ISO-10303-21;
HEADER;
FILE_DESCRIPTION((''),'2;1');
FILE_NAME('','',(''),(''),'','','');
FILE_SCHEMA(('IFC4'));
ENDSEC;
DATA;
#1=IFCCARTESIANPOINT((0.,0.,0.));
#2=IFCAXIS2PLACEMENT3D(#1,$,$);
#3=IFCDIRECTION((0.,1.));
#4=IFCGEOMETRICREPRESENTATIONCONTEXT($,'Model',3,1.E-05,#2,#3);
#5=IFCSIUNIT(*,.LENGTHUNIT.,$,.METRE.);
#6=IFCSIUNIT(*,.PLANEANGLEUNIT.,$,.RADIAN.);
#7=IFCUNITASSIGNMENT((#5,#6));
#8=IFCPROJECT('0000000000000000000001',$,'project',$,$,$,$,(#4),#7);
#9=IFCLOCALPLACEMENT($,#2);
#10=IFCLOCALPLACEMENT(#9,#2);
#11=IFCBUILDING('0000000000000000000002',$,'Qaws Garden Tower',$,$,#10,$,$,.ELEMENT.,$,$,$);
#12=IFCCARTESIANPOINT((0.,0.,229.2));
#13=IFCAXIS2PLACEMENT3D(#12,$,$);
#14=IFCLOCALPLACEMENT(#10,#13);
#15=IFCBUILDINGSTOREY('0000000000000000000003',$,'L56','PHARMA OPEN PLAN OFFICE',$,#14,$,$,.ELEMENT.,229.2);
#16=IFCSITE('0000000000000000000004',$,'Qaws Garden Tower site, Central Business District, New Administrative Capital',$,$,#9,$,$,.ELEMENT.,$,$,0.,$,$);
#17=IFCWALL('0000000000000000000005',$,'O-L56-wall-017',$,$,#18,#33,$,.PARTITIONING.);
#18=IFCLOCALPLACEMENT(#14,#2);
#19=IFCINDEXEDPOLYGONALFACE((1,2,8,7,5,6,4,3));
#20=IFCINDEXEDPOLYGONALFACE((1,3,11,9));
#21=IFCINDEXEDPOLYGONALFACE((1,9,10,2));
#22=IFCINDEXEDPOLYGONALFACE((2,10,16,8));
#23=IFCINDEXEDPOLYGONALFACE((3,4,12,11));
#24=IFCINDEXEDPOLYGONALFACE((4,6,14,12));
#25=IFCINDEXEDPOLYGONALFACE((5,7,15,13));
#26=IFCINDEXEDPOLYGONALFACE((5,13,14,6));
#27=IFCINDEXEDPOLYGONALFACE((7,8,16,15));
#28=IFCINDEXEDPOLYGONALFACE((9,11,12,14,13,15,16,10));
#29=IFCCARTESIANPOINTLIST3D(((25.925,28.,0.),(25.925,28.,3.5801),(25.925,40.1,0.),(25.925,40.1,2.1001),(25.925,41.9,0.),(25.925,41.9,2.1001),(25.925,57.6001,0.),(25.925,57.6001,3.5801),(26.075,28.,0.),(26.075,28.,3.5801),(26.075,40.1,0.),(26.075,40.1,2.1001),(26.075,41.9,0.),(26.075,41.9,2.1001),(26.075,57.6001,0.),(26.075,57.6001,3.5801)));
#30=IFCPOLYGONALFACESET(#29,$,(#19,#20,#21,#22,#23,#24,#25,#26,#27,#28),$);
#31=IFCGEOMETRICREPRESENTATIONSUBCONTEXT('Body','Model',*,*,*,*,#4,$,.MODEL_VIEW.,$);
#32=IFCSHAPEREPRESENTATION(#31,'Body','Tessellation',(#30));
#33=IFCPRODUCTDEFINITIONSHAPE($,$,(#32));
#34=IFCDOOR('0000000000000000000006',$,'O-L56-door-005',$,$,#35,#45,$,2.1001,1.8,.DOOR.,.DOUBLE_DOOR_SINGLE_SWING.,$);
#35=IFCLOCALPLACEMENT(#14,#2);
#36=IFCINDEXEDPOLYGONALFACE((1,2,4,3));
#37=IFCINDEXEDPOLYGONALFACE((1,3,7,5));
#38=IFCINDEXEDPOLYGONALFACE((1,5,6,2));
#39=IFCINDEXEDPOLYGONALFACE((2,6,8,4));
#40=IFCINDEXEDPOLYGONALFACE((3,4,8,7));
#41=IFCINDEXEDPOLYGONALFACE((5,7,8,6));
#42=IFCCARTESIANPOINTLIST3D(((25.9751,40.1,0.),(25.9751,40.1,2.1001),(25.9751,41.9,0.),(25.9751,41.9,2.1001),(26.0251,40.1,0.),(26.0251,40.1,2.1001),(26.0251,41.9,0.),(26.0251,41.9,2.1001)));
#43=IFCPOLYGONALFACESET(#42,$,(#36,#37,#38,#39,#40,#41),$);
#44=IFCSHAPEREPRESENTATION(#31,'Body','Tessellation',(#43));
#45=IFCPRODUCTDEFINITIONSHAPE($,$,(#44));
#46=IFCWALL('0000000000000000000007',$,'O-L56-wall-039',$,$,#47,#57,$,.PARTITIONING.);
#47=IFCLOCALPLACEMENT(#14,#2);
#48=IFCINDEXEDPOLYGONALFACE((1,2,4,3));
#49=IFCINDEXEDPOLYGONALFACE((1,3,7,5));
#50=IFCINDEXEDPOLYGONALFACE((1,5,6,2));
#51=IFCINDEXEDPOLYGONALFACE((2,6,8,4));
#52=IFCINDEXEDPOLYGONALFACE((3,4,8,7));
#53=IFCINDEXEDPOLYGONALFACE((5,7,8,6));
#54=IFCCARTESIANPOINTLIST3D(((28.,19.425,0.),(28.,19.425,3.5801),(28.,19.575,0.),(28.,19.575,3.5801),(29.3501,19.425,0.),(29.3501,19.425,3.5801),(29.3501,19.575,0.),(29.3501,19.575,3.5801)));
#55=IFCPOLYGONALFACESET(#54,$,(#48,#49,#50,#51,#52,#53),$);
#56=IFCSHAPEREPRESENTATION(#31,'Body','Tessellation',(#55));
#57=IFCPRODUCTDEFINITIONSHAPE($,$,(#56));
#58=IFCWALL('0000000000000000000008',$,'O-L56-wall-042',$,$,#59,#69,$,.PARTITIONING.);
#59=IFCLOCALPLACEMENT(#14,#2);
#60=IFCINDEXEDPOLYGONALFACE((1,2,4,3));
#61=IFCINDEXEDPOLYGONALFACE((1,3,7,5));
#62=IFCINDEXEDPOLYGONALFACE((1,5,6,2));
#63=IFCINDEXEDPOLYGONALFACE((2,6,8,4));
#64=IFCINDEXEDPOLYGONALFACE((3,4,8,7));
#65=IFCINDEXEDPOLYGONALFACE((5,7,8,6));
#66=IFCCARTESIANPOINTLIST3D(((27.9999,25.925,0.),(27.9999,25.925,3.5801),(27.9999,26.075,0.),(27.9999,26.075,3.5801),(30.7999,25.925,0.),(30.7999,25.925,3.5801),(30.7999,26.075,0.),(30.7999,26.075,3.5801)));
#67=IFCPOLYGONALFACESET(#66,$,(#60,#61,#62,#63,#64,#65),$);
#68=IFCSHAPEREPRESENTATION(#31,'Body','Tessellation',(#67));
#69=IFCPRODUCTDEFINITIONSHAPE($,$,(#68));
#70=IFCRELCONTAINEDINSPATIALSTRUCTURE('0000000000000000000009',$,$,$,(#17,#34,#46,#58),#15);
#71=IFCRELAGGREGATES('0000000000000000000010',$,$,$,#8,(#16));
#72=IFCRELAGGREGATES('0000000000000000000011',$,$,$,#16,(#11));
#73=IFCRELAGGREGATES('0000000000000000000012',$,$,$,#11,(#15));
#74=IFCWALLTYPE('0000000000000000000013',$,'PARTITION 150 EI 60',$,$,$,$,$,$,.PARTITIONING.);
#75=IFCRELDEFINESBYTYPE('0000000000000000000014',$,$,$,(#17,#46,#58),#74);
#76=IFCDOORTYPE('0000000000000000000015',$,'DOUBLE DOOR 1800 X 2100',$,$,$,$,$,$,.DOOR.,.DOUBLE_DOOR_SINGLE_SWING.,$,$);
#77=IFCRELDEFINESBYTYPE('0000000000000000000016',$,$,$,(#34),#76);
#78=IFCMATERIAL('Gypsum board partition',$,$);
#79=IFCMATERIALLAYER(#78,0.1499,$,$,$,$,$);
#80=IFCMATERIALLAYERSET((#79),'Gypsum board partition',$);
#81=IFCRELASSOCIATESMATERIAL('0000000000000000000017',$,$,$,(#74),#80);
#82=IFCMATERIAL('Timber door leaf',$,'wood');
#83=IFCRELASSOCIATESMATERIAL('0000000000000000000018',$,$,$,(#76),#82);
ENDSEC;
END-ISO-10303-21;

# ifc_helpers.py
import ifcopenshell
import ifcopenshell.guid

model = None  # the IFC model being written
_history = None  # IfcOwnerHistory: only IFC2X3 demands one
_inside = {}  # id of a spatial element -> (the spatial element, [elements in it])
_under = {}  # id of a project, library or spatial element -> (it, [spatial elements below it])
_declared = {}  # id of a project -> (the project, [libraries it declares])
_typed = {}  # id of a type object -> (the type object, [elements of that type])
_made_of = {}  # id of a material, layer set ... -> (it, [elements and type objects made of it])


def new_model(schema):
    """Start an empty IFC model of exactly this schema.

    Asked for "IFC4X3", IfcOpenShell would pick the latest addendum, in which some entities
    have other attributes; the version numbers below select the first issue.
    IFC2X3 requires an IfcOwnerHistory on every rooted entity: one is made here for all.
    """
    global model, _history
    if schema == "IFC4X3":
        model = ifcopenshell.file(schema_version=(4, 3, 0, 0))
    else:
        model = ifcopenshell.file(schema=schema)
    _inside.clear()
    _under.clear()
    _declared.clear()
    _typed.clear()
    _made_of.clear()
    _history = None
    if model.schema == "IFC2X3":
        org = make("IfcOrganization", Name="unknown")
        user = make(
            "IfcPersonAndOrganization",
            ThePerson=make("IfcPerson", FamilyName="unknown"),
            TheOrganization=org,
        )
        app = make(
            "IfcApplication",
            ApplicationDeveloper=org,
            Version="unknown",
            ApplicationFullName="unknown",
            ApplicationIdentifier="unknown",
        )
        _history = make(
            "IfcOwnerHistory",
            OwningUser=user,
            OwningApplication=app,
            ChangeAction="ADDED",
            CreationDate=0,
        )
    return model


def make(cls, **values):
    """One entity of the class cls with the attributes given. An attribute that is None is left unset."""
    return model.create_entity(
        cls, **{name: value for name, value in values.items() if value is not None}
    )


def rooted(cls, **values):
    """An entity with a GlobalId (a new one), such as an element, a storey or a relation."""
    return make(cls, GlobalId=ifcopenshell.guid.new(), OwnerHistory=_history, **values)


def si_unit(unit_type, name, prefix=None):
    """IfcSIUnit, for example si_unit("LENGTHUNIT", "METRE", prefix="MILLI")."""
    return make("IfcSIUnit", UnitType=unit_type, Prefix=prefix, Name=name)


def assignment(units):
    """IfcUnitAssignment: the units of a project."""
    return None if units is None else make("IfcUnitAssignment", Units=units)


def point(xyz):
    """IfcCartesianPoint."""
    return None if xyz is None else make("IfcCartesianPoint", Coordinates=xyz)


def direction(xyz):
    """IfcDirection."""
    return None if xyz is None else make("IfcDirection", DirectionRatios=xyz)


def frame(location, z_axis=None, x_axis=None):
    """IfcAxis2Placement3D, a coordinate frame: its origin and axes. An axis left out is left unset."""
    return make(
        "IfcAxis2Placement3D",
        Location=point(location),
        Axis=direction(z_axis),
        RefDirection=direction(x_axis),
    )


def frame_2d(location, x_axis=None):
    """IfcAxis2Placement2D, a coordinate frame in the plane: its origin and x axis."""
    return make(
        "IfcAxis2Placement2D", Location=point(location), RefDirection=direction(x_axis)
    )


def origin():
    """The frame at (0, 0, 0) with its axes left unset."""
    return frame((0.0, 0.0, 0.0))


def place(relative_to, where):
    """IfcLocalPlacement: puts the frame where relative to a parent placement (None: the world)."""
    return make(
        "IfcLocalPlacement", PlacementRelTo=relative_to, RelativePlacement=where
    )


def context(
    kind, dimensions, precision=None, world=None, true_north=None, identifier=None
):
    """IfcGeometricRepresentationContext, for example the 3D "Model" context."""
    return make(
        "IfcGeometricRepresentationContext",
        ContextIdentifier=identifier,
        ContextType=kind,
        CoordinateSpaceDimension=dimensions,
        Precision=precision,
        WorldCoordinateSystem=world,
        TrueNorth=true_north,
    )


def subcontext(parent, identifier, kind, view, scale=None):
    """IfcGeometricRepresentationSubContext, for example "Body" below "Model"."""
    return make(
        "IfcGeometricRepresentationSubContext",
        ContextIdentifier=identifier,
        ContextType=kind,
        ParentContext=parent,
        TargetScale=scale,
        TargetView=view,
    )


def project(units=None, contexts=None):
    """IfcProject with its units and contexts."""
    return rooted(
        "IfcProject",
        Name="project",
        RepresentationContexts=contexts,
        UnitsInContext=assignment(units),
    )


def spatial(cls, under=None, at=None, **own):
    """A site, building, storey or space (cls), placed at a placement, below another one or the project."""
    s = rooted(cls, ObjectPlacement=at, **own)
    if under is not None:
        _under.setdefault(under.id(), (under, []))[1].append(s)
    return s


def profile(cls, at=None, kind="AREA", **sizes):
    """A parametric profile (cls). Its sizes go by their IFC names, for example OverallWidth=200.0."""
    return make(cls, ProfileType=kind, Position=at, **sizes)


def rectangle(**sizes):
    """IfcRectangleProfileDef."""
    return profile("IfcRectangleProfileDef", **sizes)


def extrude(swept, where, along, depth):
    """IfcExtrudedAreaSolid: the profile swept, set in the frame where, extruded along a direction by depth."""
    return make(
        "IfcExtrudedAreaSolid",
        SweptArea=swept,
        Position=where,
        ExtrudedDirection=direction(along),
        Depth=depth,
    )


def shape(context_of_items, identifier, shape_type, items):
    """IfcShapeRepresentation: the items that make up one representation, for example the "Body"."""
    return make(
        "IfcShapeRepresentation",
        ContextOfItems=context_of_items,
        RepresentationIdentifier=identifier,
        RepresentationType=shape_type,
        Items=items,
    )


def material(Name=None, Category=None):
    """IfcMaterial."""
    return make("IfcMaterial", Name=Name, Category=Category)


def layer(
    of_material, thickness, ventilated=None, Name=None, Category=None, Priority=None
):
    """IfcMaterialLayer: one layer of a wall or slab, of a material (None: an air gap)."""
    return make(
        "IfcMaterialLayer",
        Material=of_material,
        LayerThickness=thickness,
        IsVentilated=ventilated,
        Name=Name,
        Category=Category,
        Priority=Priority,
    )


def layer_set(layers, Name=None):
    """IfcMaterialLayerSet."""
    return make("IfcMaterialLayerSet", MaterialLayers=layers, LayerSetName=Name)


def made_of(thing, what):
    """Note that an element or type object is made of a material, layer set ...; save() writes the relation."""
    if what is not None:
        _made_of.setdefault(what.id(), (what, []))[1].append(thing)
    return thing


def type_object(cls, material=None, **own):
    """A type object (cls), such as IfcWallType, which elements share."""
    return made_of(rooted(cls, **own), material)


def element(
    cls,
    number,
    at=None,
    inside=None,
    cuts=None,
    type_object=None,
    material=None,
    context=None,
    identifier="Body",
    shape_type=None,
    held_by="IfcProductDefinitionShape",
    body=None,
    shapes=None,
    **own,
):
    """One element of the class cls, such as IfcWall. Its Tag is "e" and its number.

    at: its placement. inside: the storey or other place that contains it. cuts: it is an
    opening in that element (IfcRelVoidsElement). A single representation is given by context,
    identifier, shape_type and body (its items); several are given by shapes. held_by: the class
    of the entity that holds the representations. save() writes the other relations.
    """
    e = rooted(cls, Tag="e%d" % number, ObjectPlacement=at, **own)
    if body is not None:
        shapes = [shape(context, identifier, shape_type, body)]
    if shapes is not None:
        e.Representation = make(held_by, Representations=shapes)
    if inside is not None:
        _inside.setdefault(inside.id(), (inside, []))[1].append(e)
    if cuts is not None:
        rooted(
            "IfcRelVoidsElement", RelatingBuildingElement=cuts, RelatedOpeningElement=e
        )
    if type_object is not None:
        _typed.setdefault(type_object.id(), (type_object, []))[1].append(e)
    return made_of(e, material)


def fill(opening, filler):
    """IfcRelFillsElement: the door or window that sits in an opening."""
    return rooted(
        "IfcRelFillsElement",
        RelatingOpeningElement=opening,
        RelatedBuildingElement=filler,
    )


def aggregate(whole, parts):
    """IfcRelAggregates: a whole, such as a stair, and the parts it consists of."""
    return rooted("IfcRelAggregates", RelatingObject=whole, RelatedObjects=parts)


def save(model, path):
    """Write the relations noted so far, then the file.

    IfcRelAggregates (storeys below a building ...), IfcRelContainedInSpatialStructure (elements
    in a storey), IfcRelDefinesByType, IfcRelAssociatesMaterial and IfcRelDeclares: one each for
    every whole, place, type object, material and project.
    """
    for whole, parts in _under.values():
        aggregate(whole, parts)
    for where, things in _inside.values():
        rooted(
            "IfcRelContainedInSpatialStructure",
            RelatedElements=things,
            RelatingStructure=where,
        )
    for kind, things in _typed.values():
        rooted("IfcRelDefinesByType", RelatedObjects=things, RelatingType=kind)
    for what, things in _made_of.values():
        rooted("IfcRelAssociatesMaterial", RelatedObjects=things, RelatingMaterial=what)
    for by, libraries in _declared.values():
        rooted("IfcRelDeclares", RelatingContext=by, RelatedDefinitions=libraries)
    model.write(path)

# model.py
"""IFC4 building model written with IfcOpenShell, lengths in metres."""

from ifc_helpers import new_model, si_unit, direction, frame, frame_2d, origin, place, context, subcontext, project, spatial, rectangle, extrude, material, layer, layer_set, type_object, element, fill, save


model = new_model("IFC4")

# Units and contexts
model_context = context("Model", 3, precision=1e-05, world=origin(), true_north=direction((0.0, 1.0)))
body_context = subcontext(model_context, "Body", "Model", "MODEL_VIEW")
ifc_project = project(units=[si_unit("LENGTHUNIT", "METRE"), si_unit("PLANEANGLEUNIT", "RADIAN")], contexts=[model_context])

# Site, building, storey
site_placement = place(None, origin())
site = spatial("IfcSite", under=ifc_project, at=site_placement, Name="Qaws Garden Tower site, Central Business District, New Administrative Capital", CompositionType="ELEMENT", RefElevation=0.0)
building_placement = place(site_placement, origin())
building = spatial("IfcBuilding", under=site, at=building_placement, Name="Qaws Garden Tower", CompositionType="ELEMENT")
storey_placement = place(building_placement, frame((0.0, 0.0, 229.2)))
storey = spatial("IfcBuildingStorey", under=building, at=storey_placement, Name="L56", Description="PHARMA OPEN PLAN OFFICE", CompositionType="ELEMENT", Elevation=229.2)

# Shared definitions
ifc_material_1 = material(Name="Gypsum board partition")
ifc_layer_1 = layer(ifc_material_1, 0.1499)
ifc_layer_set_1 = layer_set([ifc_layer_1], Name="Gypsum board partition")
wall_type_1 = type_object("IfcWallType", Name="PARTITION 150 EI 60", PredefinedType="PARTITIONING", material=ifc_layer_set_1)

# Wall, opening, door
wall_1_placement = place(storey_placement, frame((26.0, 28.0, 0.0), z_axis=(0.0, 0.0, 1.0), x_axis=(0.0, 1.0, 0.0)))
wall_1 = element("IfcWall", 1, at=wall_1_placement, inside=storey, type_object=wall_type_1, Name="O-L56-wall-017", PredefinedType="PARTITIONING", context=body_context, shape_type="SweptSolid", body=[
    extrude(rectangle(XDim=29.6001, YDim=0.1499, at=frame_2d((14.8, 0.0))), origin(), (0.0, 0.0, 1.0), 3.5801),
])
opening_1_placement = place(wall_1_placement, frame((12.1001, 0.0, 0.0)))
opening_1 = element("IfcOpeningElement", 2, at=opening_1_placement, cuts=wall_1, PredefinedType="OPENING", context=body_context, shape_type="SweptSolid", body=[
    extrude(rectangle(XDim=1.8, YDim=2.1001, at=frame_2d((0.8999, 1.05))), frame((0.0, 0.085, 0.0), z_axis=(0.0, -1.0, 0.0), x_axis=(1.0, 0.0, 0.0)), (0.0, 0.0, 1.0), 0.1699),
])
ifc_material_2 = material(Name="Timber door leaf", Category="wood")
door_type_1 = type_object("IfcDoorType", Name="DOUBLE DOOR 1800 X 2100", OperationType="DOUBLE_DOOR_SINGLE_SWING", PredefinedType="DOOR", material=ifc_material_2)
door_1_placement = place(opening_1_placement, origin())
door_1 = element("IfcDoor", 3, at=door_1_placement, inside=storey, type_object=door_type_1, Name="O-L56-door-005", OperationType="DOUBLE_DOOR_SINGLE_SWING", OverallHeight=2.1001, OverallWidth=1.8, PredefinedType="DOOR", context=body_context, shape_type="SweptSolid", body=[
    extrude(rectangle(XDim=1.8, YDim=2.1001, at=frame_2d((0.8999, 1.05))), frame((0.0, 0.0249, 0.0), z_axis=(0.0, -1.0, 0.0), x_axis=(1.0, 0.0, 0.0)), (0.0, 0.0, 1.0), 0.05),
])
fill(opening_1, door_1)

# Walls
wall_2_placement = place(storey_placement, frame((28.0, 19.5, 0.0), z_axis=(0.0, 0.0, 1.0), x_axis=(1.0, 0.0, 0.0)))
element("IfcWall", 4, at=wall_2_placement, inside=storey, type_object=wall_type_1, Name="O-L56-wall-039", PredefinedType="PARTITIONING", context=body_context, shape_type="SweptSolid", body=[
    extrude(rectangle(XDim=1.3501, YDim=0.1499, at=frame_2d((0.675, 0.0))), origin(), (0.0, 0.0, 1.0), 3.5801),
])
wall_3_placement = place(storey_placement, frame((28.0, 26.0, 0.0), z_axis=(0.0, 0.0, 1.0), x_axis=(1.0, 0.0, 0.0)))
element("IfcWall", 5, at=wall_3_placement, inside=storey, type_object=wall_type_1, Name="O-L56-wall-042", PredefinedType="PARTITIONING", context=body_context, shape_type="SweptSolid", body=[
    extrude(rectangle(XDim=2.8, YDim=0.1499, at=frame_2d((1.3999, 0.0))), origin(), (0.0, 0.0, 1.0), 3.5801),
])

save(model, "model.ifc")
